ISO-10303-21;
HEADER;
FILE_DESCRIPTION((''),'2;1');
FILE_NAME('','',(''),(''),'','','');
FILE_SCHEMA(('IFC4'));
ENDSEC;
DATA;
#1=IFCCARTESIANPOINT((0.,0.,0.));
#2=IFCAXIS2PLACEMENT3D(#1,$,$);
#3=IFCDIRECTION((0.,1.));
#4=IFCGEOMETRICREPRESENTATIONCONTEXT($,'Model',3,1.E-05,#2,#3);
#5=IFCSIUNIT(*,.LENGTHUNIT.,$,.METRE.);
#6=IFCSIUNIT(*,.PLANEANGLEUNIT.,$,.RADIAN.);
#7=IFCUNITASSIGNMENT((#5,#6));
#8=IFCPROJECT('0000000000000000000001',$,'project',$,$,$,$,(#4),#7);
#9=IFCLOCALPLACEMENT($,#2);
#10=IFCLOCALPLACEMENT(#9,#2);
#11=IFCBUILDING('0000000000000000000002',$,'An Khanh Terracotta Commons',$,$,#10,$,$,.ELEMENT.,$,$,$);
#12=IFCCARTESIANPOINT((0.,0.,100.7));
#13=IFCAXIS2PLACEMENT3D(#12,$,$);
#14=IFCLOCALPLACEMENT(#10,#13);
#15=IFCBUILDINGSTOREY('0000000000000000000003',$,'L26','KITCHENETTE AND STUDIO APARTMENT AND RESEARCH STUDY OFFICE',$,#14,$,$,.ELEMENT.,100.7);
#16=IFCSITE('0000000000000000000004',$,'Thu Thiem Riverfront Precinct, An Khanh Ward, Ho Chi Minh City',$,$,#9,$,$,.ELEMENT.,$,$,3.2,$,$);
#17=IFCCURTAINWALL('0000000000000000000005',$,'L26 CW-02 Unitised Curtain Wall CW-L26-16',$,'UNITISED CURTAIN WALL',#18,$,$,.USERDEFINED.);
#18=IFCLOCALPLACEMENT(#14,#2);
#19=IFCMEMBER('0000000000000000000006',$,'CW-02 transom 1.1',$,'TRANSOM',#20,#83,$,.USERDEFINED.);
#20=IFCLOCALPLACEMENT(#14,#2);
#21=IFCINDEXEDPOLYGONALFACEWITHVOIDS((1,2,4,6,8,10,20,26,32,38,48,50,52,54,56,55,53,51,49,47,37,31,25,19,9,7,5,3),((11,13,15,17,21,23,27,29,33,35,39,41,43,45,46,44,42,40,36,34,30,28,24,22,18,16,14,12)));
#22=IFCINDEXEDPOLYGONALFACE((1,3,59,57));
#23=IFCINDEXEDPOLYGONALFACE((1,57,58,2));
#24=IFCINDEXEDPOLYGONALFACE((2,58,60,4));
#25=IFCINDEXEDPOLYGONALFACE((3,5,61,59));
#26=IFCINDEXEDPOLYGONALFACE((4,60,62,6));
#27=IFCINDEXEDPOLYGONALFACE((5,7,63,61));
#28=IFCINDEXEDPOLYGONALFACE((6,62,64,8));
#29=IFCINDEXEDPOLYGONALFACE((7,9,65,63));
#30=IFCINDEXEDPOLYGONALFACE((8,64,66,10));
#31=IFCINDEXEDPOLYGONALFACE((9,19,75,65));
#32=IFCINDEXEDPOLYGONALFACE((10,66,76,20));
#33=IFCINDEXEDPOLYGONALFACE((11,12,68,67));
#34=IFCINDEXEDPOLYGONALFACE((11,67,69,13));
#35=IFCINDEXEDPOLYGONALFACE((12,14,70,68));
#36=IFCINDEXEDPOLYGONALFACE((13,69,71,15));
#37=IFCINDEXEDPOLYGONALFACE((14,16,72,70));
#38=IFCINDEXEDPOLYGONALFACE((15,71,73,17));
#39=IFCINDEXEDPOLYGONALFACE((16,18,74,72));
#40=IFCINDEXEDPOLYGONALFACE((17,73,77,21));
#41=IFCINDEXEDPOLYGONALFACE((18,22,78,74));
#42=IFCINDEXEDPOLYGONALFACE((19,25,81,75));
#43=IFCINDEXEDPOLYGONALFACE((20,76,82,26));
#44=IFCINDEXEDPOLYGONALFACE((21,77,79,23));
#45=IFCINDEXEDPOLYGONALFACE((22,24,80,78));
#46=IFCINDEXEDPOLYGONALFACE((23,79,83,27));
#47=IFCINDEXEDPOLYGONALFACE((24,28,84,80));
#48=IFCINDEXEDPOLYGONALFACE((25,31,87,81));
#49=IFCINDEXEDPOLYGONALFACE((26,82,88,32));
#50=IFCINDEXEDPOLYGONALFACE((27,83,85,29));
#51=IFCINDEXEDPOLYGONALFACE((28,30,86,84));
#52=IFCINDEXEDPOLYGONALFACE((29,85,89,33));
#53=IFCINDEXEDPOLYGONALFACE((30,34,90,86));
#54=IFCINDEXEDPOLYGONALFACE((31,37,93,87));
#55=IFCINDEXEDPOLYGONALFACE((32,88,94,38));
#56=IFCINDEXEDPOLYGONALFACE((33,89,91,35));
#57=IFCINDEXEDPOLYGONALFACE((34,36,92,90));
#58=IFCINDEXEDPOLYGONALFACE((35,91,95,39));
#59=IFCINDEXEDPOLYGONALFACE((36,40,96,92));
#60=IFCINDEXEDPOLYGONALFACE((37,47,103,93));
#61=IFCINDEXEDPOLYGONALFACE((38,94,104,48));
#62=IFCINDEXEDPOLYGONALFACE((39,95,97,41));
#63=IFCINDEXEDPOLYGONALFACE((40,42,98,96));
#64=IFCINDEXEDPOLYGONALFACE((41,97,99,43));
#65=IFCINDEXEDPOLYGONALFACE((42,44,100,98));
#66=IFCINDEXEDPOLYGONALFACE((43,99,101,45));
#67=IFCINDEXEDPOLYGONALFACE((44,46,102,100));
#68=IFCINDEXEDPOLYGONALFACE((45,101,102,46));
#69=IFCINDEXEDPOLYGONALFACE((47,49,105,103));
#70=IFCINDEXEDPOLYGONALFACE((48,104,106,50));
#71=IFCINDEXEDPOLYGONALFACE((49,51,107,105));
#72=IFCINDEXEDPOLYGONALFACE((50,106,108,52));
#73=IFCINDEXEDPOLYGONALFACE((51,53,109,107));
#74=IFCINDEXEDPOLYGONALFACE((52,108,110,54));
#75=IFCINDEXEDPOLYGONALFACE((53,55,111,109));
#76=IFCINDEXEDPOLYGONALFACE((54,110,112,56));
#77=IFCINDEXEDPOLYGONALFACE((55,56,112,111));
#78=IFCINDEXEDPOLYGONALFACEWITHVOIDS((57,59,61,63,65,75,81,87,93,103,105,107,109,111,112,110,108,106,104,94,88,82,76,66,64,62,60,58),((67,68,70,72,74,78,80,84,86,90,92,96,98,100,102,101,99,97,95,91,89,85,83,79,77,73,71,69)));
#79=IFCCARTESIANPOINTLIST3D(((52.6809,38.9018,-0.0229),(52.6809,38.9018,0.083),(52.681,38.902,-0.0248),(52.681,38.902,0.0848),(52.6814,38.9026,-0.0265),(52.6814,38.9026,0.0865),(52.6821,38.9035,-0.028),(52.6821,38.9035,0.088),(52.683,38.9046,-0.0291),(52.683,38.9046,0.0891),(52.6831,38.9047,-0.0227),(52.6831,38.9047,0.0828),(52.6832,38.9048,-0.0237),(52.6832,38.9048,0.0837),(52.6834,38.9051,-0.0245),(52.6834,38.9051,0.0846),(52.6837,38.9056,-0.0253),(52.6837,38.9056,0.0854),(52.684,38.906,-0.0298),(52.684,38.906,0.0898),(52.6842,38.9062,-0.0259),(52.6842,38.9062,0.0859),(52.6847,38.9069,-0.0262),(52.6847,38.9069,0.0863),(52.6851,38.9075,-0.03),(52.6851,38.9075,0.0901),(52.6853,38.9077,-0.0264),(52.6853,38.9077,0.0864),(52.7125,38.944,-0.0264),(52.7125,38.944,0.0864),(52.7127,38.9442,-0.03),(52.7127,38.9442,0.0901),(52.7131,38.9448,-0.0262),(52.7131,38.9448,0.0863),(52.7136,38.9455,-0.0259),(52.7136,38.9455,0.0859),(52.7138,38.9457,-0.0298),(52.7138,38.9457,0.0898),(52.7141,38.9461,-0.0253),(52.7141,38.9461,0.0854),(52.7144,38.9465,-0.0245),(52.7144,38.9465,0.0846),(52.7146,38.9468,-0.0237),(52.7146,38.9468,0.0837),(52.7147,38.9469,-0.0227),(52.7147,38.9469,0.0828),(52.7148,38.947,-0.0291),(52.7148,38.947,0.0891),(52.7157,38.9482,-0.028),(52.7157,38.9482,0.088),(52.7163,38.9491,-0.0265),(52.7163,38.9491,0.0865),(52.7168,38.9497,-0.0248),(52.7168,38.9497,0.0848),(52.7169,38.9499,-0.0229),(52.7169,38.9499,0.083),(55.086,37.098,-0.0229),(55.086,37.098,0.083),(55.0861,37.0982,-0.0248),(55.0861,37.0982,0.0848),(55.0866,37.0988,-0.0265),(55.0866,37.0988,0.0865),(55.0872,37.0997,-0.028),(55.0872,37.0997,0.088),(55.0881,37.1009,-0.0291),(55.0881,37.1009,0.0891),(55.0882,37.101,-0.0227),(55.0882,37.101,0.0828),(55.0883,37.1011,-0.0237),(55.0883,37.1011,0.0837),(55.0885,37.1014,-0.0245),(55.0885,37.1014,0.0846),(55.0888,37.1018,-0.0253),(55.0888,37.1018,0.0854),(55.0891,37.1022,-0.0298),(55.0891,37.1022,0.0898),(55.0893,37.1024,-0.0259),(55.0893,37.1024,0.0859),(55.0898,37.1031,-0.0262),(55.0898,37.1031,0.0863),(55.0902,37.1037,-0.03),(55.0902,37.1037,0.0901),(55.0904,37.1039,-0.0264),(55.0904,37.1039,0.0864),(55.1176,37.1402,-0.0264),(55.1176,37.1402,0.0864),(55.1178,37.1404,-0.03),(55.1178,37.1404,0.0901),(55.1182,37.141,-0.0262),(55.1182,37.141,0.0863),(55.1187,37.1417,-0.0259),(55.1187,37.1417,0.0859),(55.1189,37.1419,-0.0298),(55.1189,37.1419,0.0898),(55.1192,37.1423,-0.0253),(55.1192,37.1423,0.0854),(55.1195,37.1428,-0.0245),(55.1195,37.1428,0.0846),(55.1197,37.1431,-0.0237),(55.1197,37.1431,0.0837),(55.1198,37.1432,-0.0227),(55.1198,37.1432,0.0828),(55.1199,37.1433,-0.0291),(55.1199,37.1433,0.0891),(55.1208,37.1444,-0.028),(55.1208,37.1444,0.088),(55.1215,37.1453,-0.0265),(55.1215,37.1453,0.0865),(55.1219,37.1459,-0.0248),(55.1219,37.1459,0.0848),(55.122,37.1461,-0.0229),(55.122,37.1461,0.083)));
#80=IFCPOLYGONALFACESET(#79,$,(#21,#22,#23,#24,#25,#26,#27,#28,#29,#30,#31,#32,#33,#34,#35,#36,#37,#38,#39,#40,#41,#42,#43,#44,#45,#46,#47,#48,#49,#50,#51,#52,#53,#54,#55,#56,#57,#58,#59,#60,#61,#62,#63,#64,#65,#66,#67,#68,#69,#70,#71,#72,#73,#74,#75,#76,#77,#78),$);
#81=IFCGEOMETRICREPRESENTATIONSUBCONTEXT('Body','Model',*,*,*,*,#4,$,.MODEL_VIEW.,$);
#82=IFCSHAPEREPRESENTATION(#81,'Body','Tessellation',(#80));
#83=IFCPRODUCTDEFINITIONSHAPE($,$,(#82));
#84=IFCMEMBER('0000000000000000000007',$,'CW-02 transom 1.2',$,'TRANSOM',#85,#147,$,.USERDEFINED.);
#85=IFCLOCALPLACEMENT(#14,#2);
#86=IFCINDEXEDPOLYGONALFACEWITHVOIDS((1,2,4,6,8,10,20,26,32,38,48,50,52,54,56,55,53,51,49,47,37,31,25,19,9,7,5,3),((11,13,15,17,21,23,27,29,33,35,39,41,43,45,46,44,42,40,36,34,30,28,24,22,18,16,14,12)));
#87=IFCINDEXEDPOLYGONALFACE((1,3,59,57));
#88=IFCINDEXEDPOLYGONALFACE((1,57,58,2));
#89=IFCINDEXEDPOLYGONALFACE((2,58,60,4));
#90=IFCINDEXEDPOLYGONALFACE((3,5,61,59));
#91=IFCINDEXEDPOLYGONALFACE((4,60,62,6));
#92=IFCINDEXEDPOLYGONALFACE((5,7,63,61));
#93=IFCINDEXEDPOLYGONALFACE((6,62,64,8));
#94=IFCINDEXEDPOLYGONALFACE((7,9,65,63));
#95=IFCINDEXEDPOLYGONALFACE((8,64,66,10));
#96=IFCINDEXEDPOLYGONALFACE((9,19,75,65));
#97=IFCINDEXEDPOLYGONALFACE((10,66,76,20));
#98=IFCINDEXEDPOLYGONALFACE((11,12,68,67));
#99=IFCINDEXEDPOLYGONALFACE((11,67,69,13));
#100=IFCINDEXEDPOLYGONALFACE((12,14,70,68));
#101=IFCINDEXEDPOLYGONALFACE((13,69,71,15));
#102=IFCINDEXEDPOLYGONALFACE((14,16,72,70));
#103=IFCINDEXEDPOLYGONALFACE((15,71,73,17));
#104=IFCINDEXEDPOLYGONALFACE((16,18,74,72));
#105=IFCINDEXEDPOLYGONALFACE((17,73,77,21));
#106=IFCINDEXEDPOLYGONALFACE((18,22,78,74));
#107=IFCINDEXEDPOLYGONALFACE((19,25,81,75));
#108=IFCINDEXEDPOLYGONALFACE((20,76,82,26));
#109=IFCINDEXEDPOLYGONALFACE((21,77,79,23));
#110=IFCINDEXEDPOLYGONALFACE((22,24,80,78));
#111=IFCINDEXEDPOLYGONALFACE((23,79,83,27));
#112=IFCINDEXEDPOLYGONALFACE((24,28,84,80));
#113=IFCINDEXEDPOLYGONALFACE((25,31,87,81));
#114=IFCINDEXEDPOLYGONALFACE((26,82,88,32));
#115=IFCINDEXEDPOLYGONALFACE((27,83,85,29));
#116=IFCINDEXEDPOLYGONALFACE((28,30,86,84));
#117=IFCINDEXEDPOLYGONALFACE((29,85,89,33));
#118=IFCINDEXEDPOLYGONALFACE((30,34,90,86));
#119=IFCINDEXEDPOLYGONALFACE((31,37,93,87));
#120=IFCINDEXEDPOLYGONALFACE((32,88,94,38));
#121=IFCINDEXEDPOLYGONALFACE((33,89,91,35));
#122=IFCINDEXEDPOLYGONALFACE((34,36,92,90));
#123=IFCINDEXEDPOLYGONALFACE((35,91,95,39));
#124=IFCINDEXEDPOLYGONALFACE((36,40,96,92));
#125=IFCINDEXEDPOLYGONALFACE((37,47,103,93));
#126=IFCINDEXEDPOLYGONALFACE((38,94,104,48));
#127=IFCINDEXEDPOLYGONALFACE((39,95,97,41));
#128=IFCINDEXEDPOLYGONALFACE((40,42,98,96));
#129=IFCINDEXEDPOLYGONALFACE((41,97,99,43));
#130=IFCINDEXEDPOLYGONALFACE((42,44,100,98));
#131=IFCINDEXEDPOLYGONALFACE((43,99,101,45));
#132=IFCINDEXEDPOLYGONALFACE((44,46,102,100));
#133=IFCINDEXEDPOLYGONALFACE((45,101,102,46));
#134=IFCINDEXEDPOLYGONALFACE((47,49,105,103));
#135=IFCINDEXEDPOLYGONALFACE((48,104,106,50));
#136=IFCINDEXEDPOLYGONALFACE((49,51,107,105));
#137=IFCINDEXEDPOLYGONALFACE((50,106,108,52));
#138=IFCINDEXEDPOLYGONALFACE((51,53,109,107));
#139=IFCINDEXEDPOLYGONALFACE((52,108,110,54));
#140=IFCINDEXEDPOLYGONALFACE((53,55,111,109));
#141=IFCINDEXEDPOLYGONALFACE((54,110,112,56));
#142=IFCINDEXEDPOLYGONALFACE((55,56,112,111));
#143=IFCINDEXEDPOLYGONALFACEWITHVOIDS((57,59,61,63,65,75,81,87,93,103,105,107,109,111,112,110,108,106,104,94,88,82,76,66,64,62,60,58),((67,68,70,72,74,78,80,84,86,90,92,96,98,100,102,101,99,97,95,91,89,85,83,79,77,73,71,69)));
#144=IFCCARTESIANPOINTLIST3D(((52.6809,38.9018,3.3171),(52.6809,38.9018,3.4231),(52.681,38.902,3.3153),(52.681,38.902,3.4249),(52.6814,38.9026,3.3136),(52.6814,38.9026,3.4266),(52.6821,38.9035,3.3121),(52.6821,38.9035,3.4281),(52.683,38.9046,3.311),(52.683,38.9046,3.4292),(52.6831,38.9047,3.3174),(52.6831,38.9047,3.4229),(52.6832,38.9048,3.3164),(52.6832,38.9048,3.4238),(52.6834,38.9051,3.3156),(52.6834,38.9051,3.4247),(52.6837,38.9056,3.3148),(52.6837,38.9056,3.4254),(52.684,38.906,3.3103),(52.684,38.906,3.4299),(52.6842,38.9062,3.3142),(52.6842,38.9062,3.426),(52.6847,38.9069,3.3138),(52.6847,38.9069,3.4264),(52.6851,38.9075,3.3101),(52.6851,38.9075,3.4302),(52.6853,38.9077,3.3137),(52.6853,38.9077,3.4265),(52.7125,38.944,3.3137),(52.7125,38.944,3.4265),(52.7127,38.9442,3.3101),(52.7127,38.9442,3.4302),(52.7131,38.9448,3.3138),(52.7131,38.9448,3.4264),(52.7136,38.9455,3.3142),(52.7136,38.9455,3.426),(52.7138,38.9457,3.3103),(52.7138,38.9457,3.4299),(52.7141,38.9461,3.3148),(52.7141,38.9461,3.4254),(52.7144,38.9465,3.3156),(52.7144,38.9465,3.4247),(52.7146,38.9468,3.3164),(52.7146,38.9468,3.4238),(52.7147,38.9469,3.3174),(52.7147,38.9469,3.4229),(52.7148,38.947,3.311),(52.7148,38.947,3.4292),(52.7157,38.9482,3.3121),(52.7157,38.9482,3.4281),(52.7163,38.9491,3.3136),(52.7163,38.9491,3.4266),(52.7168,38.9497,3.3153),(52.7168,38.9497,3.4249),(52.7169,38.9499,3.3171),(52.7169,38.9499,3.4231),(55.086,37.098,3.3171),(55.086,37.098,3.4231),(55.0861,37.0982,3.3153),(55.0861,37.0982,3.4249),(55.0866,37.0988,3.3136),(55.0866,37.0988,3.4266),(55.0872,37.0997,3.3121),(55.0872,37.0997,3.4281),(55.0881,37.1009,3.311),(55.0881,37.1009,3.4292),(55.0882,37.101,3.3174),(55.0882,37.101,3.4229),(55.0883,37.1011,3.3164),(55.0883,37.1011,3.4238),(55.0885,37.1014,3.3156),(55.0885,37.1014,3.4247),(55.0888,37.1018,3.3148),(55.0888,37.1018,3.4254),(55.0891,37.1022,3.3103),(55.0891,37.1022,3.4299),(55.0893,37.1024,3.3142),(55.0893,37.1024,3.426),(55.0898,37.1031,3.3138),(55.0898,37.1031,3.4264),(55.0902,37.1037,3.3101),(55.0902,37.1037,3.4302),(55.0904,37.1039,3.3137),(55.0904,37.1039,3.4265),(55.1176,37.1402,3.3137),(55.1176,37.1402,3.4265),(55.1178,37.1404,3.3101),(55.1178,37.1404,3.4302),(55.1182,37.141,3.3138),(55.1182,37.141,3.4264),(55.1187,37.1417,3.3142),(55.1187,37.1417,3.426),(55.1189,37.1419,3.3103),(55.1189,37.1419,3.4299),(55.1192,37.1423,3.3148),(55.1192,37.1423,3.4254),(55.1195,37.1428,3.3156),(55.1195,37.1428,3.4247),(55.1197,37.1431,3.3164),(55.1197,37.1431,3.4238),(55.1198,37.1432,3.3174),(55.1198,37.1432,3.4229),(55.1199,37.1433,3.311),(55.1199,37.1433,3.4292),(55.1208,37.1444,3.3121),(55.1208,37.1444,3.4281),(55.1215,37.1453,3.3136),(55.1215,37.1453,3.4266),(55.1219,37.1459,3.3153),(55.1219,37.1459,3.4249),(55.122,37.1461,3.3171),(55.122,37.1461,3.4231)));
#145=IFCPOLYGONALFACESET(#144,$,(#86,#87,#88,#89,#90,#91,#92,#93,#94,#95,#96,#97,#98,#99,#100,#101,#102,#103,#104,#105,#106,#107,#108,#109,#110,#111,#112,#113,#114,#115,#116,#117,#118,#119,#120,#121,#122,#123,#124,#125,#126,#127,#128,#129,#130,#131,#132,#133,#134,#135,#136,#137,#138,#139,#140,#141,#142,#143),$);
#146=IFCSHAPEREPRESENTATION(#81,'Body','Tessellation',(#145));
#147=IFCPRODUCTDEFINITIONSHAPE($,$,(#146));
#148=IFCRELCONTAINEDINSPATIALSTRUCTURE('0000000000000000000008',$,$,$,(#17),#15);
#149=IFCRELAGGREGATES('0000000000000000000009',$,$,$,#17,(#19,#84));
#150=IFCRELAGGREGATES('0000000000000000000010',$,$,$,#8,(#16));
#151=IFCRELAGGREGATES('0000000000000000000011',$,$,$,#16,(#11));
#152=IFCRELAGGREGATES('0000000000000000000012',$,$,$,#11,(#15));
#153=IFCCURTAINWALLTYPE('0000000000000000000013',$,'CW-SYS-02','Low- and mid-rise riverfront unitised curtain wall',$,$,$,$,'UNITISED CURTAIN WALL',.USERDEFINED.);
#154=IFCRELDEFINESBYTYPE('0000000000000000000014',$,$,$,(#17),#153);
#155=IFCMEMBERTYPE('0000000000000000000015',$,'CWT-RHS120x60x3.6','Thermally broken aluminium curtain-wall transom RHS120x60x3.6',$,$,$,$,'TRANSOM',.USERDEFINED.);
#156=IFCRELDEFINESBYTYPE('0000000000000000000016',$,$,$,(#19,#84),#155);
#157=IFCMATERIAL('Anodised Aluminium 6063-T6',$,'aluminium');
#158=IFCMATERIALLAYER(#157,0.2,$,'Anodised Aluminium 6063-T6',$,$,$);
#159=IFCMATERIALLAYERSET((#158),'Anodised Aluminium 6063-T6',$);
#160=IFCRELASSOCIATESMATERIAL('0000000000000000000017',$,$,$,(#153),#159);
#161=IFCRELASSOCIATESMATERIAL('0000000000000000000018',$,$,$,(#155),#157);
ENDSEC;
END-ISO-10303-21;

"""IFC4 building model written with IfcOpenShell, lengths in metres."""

from ifc_helpers import new_model, si_unit, direction, frame, origin, origin_2d, place, context, subcontext, project, spatial, hollow_rectangle, extrude, material, layer, layer_set, material_profile, profile_set, type_object, element, aggregate, save


model = new_model("IFC4")

# Units and contexts
model_context = context("Model", 3, precision=1e-05, world=origin(), true_north=direction((0.0, 1.0)))
body_context = subcontext(model_context, "Body", "Model", "MODEL_VIEW")
ifc_project = project(units=[si_unit("LENGTHUNIT", "METRE"), si_unit("PLANEANGLEUNIT", "RADIAN")], contexts=[model_context])

# Site, building, storey
site_placement = place(None, origin())
site = spatial("IfcSite", under=ifc_project, at=site_placement, Name="Thu Thiem Riverfront Precinct, An Khanh Ward, Ho Chi Minh City", CompositionType="ELEMENT", RefElevation=3.2)
building_placement = place(site_placement, origin())
building = spatial("IfcBuilding", under=site, at=building_placement, Name="An Khanh Terracotta Commons", CompositionType="ELEMENT")
storey_placement = place(building_placement, frame((0.0, 0.0, 100.7)))
storey = spatial("IfcBuildingStorey", under=building, at=storey_placement, Name="L26", Description="KITCHENETTE AND STUDIO APARTMENT AND RESEARCH STUDY OFFICE", CompositionType="ELEMENT", Elevation=100.7)

# Shared definitions
ifc_material_1 = material(Name="Anodised Aluminium 6063-T6", Category="aluminium")
ifc_layer_1 = layer(ifc_material_1, 0.2, Name="Anodised Aluminium 6063-T6")
ifc_layer_set_1 = layer_set([ifc_layer_1], Name="Anodised Aluminium 6063-T6")
curtain_wall_type = type_object("IfcCurtainWallType", Name="CW-SYS-02", Description="Low- and mid-rise riverfront unitised curtain wall", ElementType="UNITISED CURTAIN WALL", PredefinedType="USERDEFINED", material=ifc_layer_set_1)

# Curtain wall, members
curtain_wall_1_placement = place(storey_placement, origin())
curtain_wall_1 = element("IfcCurtainWall", 1, at=curtain_wall_1_placement, inside=storey, type_object=curtain_wall_type, Name="L26 CW-02 Unitised Curtain Wall CW-L26-16", ObjectType="UNITISED CURTAIN WALL", PredefinedType="USERDEFINED")
ifc_material_profile_1 = material_profile(ifc_material_1, hollow_rectangle(XDim=0.0601, YDim=0.1201, WallThickness=0.0037, InnerFilletRadius=0.0037, OuterFilletRadius=0.0071, at=origin_2d()), Name="RHS120x60x3.6")
ifc_profile_set_1 = profile_set([ifc_material_profile_1], Name="Anodised Aluminium 6063-T6")
member_type_1 = type_object("IfcMemberType", Name="CWT-RHS120x60x3.6", Description="Thermally broken aluminium curtain-wall transom RHS120x60x3.6", ElementType="TRANSOM", PredefinedType="USERDEFINED", material=ifc_profile_set_1)
member_1_placement = place(storey_placement, frame((55.104, 37.1221, 0.03), z_axis=(-0.80001, 0.599987, 0.0), x_axis=(-0.599987, -0.80001, 0.0)))
member_1 = element("IfcMember", 2, at=member_1_placement, type_object=member_type_1, Name="CW-02 transom 1.1", ObjectType="TRANSOM", PredefinedType="USERDEFINED", context=body_context, shape_type="SweptSolid", body=[
    extrude(hollow_rectangle(XDim=0.0601, YDim=0.1201, WallThickness=0.0037, InnerFilletRadius=0.0037, OuterFilletRadius=0.0071, at=origin_2d()), origin(), (0.0, 0.0, 1.0), 3.0063),
])
member_2_placement = place(storey_placement, frame((55.104, 37.1221, 3.3701), z_axis=(-0.80001, 0.599987, 0.0), x_axis=(-0.599987, -0.80001, 0.0)))
member_2 = element("IfcMember", 3, at=member_2_placement, type_object=member_type_1, Name="CW-02 transom 1.2", ObjectType="TRANSOM", PredefinedType="USERDEFINED", context=body_context, shape_type="SweptSolid", body=[
    extrude(hollow_rectangle(XDim=0.0601, YDim=0.1201, WallThickness=0.0037, InnerFilletRadius=0.0037, OuterFilletRadius=0.0071, at=origin_2d()), origin(), (0.0, 0.0, 1.0), 3.0063),
])
aggregate(curtain_wall_1, [member_1, member_2])

save(model, "model.ifc")
